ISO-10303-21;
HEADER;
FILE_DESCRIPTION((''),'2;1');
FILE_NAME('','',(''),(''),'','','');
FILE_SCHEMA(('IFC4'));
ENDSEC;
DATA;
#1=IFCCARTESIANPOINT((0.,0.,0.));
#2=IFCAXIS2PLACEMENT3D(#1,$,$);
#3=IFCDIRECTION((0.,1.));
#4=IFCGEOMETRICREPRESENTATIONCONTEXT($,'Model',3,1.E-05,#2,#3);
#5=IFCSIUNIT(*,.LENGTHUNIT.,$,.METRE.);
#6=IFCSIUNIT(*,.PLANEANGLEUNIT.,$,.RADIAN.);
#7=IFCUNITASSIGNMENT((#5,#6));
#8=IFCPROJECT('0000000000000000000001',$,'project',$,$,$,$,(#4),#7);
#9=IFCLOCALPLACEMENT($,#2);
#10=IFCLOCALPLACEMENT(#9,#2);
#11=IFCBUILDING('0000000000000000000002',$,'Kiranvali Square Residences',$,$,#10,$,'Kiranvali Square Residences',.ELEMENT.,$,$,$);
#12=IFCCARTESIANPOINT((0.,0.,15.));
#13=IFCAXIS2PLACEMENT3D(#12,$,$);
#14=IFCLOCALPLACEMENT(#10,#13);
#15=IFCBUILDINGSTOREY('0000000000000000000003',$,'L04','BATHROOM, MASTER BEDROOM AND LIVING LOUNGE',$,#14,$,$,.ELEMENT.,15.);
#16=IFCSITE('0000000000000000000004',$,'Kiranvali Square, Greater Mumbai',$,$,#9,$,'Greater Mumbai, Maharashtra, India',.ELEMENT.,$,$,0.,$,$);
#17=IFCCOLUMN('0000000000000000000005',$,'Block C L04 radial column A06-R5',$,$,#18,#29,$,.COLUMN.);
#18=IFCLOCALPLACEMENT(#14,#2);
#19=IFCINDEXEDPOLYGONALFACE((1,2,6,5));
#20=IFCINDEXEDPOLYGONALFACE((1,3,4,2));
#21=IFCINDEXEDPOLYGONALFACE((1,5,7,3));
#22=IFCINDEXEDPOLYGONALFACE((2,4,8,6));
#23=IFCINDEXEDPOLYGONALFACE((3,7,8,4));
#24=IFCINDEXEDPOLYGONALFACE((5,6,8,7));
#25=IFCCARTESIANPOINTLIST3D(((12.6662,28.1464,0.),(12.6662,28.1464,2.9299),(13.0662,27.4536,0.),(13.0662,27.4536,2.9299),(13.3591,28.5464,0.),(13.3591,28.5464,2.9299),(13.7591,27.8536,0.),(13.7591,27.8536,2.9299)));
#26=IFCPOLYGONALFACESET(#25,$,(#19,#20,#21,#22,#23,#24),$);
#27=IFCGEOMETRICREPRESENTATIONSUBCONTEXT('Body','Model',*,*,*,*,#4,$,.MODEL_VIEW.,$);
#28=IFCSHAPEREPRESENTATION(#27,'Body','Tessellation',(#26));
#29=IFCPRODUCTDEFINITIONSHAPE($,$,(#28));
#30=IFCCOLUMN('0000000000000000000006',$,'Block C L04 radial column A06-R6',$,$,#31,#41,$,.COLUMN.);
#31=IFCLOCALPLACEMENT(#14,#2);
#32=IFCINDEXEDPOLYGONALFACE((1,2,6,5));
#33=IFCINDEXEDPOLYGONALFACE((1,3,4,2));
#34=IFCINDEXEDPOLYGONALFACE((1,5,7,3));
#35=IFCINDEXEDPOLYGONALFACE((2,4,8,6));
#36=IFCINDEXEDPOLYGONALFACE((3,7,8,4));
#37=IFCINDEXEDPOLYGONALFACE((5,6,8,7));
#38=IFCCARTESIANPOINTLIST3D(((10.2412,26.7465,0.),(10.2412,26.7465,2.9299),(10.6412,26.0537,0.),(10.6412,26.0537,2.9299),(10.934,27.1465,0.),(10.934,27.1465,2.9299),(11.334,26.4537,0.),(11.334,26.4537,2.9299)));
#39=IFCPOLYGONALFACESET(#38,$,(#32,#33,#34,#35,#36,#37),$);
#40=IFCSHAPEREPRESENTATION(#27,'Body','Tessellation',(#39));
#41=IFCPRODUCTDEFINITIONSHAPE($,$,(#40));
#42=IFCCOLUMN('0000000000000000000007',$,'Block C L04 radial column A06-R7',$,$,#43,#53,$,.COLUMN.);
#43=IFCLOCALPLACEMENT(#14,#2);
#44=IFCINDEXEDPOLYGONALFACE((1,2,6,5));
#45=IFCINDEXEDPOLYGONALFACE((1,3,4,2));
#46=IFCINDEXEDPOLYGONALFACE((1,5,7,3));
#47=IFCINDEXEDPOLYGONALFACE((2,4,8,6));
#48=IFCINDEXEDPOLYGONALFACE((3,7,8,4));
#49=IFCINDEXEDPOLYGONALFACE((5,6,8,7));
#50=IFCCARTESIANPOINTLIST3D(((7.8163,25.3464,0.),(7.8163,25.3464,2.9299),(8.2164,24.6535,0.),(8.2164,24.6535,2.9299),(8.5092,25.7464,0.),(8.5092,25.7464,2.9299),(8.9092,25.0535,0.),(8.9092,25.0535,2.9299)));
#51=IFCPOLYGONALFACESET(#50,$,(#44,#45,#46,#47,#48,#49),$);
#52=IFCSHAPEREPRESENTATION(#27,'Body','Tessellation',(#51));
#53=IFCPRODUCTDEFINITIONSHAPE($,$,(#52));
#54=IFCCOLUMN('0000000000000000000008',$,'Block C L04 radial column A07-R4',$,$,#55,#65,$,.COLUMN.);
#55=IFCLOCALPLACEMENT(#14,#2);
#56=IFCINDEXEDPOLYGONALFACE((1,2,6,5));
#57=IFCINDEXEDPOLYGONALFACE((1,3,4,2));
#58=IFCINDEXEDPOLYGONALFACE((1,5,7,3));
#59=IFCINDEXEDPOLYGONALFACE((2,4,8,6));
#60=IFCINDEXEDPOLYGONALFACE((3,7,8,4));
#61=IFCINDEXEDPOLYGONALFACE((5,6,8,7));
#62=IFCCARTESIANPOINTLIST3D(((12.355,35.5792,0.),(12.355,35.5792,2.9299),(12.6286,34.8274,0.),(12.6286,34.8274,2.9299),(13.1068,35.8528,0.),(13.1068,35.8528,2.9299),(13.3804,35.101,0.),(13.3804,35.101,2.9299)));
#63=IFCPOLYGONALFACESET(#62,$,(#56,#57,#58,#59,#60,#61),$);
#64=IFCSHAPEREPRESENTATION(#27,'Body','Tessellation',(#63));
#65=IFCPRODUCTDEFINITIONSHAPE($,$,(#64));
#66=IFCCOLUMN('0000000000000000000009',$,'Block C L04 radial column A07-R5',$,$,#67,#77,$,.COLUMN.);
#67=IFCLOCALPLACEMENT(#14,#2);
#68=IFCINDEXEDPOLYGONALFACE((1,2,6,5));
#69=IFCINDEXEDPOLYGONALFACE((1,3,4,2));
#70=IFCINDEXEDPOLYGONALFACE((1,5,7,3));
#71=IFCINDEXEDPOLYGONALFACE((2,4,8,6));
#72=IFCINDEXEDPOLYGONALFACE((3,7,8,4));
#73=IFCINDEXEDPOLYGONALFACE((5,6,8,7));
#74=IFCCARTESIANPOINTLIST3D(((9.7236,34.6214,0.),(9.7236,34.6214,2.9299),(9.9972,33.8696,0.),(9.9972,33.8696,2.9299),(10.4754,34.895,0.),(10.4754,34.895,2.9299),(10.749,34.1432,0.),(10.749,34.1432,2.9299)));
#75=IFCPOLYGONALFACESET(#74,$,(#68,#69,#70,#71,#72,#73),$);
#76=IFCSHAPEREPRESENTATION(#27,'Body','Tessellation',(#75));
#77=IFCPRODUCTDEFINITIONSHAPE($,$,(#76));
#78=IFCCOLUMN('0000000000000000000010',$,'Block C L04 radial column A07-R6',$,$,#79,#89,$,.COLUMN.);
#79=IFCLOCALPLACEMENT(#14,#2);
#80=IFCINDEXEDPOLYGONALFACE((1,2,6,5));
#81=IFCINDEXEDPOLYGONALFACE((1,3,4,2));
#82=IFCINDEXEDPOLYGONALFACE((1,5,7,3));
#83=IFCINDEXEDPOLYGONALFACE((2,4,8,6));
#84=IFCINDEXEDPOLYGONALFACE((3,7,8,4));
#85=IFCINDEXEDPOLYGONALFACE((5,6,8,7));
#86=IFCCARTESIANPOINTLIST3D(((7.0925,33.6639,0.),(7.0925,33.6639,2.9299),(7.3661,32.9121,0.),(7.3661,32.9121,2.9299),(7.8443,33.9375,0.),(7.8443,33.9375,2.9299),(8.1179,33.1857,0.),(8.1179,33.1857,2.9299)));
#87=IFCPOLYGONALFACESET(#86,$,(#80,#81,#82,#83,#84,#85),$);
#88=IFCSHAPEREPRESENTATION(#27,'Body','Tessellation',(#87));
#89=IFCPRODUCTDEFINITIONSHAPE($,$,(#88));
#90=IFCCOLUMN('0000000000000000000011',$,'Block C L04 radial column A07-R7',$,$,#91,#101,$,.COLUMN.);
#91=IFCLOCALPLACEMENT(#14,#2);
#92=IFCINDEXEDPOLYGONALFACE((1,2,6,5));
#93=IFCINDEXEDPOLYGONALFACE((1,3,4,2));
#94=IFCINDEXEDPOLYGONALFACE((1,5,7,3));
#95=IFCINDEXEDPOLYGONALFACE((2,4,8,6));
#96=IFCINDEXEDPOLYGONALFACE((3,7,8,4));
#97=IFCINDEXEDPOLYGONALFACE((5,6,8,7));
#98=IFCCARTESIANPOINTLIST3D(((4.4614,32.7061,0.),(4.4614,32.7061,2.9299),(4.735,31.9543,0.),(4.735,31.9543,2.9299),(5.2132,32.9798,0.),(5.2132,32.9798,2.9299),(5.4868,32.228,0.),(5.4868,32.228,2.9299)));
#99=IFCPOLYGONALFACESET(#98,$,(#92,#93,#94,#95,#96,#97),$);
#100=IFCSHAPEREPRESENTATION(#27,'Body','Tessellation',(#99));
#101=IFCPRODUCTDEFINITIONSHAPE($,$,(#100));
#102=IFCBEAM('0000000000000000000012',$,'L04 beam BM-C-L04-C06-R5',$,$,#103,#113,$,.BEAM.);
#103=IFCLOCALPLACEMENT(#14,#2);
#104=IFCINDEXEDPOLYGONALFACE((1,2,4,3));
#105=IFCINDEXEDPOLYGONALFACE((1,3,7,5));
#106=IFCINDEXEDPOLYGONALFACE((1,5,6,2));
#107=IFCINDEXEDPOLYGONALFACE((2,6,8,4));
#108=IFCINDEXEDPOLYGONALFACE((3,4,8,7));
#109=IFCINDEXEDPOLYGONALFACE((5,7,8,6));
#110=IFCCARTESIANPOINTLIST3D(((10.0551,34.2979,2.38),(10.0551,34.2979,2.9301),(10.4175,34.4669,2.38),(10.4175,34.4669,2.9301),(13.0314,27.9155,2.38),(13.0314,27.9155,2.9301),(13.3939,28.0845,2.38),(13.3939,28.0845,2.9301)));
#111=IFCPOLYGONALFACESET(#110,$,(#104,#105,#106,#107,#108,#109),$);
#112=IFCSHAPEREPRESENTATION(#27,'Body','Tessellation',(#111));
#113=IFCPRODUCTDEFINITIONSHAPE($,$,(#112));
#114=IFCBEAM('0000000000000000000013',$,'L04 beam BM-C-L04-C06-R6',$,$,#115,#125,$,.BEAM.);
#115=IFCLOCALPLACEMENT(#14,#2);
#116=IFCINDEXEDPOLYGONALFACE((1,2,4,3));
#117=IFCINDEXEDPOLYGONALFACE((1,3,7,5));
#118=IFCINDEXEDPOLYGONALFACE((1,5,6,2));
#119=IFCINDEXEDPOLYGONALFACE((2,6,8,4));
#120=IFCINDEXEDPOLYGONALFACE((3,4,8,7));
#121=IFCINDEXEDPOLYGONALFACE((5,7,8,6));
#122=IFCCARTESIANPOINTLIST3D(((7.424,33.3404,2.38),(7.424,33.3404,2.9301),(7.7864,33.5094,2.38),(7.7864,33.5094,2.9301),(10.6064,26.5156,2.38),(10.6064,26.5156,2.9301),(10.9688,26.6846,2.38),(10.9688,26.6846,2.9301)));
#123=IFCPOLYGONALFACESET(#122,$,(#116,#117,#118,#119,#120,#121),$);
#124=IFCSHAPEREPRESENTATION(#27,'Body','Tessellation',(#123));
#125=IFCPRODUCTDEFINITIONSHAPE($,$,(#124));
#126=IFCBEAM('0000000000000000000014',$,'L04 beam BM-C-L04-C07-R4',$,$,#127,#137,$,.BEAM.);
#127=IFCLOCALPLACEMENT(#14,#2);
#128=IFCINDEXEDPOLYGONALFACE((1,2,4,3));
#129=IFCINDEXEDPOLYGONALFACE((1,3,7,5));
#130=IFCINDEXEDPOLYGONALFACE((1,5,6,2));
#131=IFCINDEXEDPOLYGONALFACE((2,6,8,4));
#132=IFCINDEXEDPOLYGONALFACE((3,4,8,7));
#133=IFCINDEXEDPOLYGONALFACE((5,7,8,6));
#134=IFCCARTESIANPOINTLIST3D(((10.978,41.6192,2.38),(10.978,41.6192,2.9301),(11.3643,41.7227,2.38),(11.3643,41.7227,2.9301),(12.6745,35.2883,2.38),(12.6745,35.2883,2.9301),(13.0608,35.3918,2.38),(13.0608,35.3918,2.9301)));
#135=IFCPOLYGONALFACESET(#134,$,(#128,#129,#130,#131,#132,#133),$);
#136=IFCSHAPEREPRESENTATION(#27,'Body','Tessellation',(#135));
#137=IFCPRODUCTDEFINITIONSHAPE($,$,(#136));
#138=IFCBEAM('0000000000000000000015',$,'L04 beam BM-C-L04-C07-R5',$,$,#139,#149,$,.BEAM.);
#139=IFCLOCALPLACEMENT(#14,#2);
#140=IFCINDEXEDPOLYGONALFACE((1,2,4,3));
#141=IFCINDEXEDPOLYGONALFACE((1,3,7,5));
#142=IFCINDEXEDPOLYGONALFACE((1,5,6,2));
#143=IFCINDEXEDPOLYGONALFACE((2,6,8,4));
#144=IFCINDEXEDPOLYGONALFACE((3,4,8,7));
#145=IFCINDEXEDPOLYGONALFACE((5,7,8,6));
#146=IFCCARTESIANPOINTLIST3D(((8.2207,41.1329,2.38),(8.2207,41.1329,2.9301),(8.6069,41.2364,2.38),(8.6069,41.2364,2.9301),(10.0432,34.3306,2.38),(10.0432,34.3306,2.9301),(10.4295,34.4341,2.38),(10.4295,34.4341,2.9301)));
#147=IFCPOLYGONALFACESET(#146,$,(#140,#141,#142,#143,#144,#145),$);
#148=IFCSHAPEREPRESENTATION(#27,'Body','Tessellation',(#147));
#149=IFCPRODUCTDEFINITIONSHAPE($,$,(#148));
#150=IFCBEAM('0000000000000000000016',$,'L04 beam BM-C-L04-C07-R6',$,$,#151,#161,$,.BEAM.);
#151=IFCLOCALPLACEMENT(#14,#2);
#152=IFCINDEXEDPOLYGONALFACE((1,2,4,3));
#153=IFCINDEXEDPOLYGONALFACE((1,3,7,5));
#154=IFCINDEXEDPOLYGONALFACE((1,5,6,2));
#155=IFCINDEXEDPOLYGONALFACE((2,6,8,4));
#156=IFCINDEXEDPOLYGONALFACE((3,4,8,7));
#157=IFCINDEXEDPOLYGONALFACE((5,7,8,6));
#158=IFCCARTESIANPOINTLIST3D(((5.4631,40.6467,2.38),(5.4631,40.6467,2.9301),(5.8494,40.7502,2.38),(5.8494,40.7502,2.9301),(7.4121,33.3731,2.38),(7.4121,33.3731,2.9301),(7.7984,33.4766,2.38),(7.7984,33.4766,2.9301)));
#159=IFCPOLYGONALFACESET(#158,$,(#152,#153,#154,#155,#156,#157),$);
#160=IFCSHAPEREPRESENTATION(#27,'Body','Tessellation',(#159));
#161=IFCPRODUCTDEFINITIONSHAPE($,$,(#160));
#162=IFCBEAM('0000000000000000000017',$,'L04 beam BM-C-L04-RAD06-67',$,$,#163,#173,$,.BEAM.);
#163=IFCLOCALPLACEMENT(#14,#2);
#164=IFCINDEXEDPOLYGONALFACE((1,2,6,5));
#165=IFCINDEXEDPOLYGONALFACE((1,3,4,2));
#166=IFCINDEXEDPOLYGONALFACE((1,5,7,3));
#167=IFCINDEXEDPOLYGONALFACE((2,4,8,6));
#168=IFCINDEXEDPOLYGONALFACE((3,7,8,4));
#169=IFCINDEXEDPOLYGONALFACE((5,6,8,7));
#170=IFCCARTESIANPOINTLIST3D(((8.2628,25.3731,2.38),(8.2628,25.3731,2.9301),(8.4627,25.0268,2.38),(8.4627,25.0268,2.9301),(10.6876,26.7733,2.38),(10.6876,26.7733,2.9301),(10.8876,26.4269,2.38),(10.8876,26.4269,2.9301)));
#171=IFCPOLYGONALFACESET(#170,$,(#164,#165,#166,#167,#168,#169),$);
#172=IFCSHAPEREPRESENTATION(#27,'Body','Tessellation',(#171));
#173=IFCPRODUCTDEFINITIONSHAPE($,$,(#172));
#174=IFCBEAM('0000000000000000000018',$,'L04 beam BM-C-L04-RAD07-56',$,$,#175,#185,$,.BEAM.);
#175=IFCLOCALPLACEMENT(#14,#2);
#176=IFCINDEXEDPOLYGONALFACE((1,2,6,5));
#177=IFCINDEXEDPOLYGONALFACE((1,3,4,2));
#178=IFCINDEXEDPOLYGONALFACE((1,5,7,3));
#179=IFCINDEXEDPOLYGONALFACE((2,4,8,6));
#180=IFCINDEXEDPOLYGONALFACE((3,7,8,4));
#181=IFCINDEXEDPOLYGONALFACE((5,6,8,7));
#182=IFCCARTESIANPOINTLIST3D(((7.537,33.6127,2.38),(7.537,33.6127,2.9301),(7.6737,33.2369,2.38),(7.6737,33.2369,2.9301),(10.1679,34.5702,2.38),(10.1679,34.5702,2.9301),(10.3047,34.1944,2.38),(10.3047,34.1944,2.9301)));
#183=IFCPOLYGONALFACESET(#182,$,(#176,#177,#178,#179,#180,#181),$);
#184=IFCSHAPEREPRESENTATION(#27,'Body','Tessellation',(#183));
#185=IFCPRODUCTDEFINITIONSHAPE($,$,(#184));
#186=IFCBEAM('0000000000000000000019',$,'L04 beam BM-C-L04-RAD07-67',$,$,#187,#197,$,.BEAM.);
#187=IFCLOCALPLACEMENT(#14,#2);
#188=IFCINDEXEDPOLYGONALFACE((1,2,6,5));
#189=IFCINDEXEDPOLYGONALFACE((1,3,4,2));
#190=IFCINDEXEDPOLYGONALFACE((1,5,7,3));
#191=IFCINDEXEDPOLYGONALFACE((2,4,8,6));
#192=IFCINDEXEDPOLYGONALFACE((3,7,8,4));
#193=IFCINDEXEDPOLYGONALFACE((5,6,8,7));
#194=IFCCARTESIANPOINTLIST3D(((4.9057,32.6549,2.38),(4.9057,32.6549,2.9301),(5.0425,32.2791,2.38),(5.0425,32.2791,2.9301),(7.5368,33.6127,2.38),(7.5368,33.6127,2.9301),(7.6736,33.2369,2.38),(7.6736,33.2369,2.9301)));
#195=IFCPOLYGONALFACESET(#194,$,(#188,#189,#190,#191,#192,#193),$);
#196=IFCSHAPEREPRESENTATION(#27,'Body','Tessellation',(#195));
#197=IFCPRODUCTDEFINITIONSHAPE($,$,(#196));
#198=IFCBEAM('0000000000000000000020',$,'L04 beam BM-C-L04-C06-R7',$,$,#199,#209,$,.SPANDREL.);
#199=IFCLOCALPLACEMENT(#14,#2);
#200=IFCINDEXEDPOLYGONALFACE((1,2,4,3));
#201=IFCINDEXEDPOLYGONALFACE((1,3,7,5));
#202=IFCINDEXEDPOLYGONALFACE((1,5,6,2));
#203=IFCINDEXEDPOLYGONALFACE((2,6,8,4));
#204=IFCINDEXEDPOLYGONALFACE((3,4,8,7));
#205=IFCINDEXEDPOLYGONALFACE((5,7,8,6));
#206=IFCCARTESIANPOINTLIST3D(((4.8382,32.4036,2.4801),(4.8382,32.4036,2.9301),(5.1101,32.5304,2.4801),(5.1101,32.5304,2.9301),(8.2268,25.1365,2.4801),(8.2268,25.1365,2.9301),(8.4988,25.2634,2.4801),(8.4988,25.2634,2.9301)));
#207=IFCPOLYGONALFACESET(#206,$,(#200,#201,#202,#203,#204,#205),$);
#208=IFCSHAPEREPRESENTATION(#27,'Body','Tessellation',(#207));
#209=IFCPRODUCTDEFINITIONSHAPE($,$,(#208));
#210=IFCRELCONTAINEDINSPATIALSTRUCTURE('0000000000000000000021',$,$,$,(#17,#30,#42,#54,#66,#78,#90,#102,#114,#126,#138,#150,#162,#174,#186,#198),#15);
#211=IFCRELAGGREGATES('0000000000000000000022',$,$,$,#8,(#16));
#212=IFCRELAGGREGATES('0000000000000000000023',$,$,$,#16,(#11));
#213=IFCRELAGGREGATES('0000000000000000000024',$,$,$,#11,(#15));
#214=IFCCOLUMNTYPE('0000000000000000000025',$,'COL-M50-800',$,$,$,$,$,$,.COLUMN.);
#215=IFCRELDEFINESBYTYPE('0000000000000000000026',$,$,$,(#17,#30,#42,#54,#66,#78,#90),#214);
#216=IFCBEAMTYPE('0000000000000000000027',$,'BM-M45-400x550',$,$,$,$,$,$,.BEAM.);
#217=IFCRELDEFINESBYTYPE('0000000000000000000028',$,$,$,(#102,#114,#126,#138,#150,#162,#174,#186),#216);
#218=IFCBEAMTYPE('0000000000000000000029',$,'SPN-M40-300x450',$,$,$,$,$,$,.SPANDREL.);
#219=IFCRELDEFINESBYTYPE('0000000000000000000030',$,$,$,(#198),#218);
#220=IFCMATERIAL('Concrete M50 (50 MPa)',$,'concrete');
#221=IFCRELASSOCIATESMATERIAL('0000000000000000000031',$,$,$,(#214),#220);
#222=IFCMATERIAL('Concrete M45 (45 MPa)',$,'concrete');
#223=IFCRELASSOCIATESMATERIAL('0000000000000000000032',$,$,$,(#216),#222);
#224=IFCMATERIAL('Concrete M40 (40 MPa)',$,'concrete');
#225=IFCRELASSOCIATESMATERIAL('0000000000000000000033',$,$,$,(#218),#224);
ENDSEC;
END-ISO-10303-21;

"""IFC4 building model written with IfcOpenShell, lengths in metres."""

from ifc_helpers import new_model, si_unit, direction, frame, origin, origin_2d, place, context, subcontext, project, spatial, rectangle, extrude, material, material_profile, profile_set, type_object, element, save


model = new_model("IFC4")

# Units and contexts
model_context = context("Model", 3, precision=1e-05, world=origin(), true_north=direction((0.0, 1.0)))
body_context = subcontext(model_context, "Body", "Model", "MODEL_VIEW")
ifc_project = project(units=[si_unit("LENGTHUNIT", "METRE"), si_unit("PLANEANGLEUNIT", "RADIAN")], contexts=[model_context])

# Site, building, storey
site_placement = place(None, origin())
site = spatial("IfcSite", under=ifc_project, at=site_placement, Name="Kiranvali Square, Greater Mumbai", LongName="Greater Mumbai, Maharashtra, India", CompositionType="ELEMENT", RefElevation=0.0)
building_placement = place(site_placement, origin())
building = spatial("IfcBuilding", under=site, at=building_placement, Name="Kiranvali Square Residences", LongName="Kiranvali Square Residences", CompositionType="ELEMENT")
storey_placement = place(building_placement, frame((0.0, 0.0, 15.0)))
storey = spatial("IfcBuildingStorey", under=building, at=storey_placement, Name="L04", Description="BATHROOM, MASTER BEDROOM AND LIVING LOUNGE", CompositionType="ELEMENT", Elevation=15.0)

# Columns
ifc_material_1 = material(Name="Concrete M50 (50 MPa)", Category="concrete")
ifc_material_profile_1 = material_profile(ifc_material_1, rectangle(XDim=0.8, YDim=0.8, at=origin_2d()), Name="RC 800x800")
ifc_profile_set_1 = profile_set([ifc_material_profile_1], Name="Concrete M50 (50 MPa)")
column_type = type_object("IfcColumnType", Name="COL-M50-800", PredefinedType="COLUMN", material=ifc_profile_set_1)
for number, where, z_axis, x_axis, name in (
    (1, (13.2126, 28.0, 0.0), (0.0, 0.0, 1.0), (-0.5, 0.866025, 0.0), "Block C L04 radial column A06-R5"),
    (2, (10.7876, 26.6001, 0.0), (0.0, 0.0, 1.0), (-0.5, 0.866025, 0.0), "Block C L04 radial column A06-R6"),
    (3, (8.3628, 25.2, 0.0), (0.0, 0.0, 1.0), (-0.5, 0.866025, 0.0), "Block C L04 radial column A06-R7"),
    (4, (12.8677, 35.3401, 0.0), (0.0, 0.0, 1.0), (-0.34202, 0.939693, 0.0), "Block C L04 radial column A07-R4"),
    (5, (10.2363, 34.3823, 0.0), (0.0, 0.0, 1.0), (-0.34202, 0.939693, 0.0), "Block C L04 radial column A07-R5"),
    (6, (7.6052, 33.4248, 0.0), (0.0, 0.0, 1.0), (-0.34202, 0.939693, 0.0), "Block C L04 radial column A07-R6"),
    (7, (4.9741, 32.467, 0.0), (0.0, 0.0, 1.0), (-0.34202, 0.939693, 0.0), "Block C L04 radial column A07-R7"),
):
    element("IfcColumn", number, at=place(storey_placement, frame(where, z_axis=z_axis, x_axis=x_axis)), inside=storey, type_object=column_type, Name=name, PredefinedType="COLUMN", context=body_context, shape_type="SweptSolid", body=[
        extrude(rectangle(XDim=0.8, YDim=0.8, at=origin_2d()), origin(), (0.0, 0.0, 1.0), 2.9299),
    ])

# Beams
ifc_material_2 = material(Name="Concrete M45 (45 MPa)", Category="concrete")
ifc_material_profile_2 = material_profile(ifc_material_2, rectangle(XDim=0.3999, YDim=0.55, at=origin_2d()), Name="RC 400x550")
ifc_profile_set_2 = profile_set([ifc_material_profile_2], Name="Concrete M45 (45 MPa)")
beam_type_1 = type_object("IfcBeamType", Name="BM-M45-400x550", PredefinedType="BEAM", material=ifc_profile_set_2)
beam_1_placement = place(storey_placement, frame((13.2126, 28.0, 2.655), z_axis=(-0.422641, 0.906297, 0.0), x_axis=(-0.906297, -0.422641, 0.0)))
element("IfcBeam", 8, at=beam_1_placement, inside=storey, type_object=beam_type_1, Name="L04 beam BM-C-L04-C06-R5", PredefinedType="BEAM", context=body_context, shape_type="SweptSolid", body=[
    extrude(rectangle(XDim=0.3999, YDim=0.55, at=origin_2d()), origin(), (0.0, 0.0, 1.0), 7.0422),
])
beam_2_placement = place(storey_placement, frame((10.7876, 26.6001, 2.655), z_axis=(-0.422614, 0.90631, 0.0), x_axis=(-0.90631, -0.422614, 0.0)))
element("IfcBeam", 9, at=beam_2_placement, inside=storey, type_object=beam_type_1, Name="L04 beam BM-C-L04-C06-R6", PredefinedType="BEAM", context=body_context, shape_type="SweptSolid", body=[
    extrude(rectangle(XDim=0.3999, YDim=0.55, at=origin_2d()), origin(), (0.0, 0.0, 1.0), 7.5303),
])
beam_3_placement = place(storey_placement, frame((12.8677, 35.3401, 2.655), z_axis=(-0.258847, 0.965918, 0.0), x_axis=(-0.965918, -0.258847, 0.0)))
element("IfcBeam", 10, at=beam_3_placement, inside=storey, type_object=beam_type_1, Name="L04 beam BM-C-L04-C07-R4", PredefinedType="BEAM", context=body_context, shape_type="SweptSolid", body=[
    extrude(rectangle(XDim=0.3999, YDim=0.55, at=origin_2d()), origin(), (0.0, 0.0, 1.0), 6.5542),
])
beam_4_placement = place(storey_placement, frame((10.2363, 34.3823, 2.655), z_axis=(-0.2588, 0.965931, 0.0), x_axis=(-0.965931, -0.2588, 0.0)))
element("IfcBeam", 11, at=beam_4_placement, inside=storey, type_object=beam_type_1, Name="L04 beam BM-C-L04-C07-R5", PredefinedType="BEAM", context=body_context, shape_type="SweptSolid", body=[
    extrude(rectangle(XDim=0.3999, YDim=0.55, at=origin_2d()), origin(), (0.0, 0.0, 1.0), 7.0422),
])
beam_5_placement = place(storey_placement, frame((7.6052, 33.4248, 2.655), z_axis=(-0.258819, 0.965926, 0.0), x_axis=(-0.965926, -0.258819, 0.0)))
element("IfcBeam", 12, at=beam_5_placement, inside=storey, type_object=beam_type_1, Name="L04 beam BM-C-L04-C07-R6", PredefinedType="BEAM", context=body_context, shape_type="SweptSolid", body=[
    extrude(rectangle(XDim=0.3999, YDim=0.55, at=origin_2d()), origin(), (0.0, 0.0, 1.0), 7.5303),
])
beam_6_placement = place(storey_placement, frame((10.7876, 26.6001, 2.655), z_axis=(-0.865997, -0.50005, 0.0), x_axis=(0.50005, -0.865997, 0.0)))
element("IfcBeam", 13, at=beam_6_placement, inside=storey, type_object=beam_type_1, Name="L04 beam BM-C-L04-RAD06-67", PredefinedType="BEAM", context=body_context, shape_type="SweptSolid", body=[
    extrude(rectangle(XDim=0.3999, YDim=0.55, at=origin_2d()), origin(), (0.0, 0.0, 1.0), 2.8),
])
beam_7_placement = place(storey_placement, frame((10.2363, 34.3823, 2.655), z_axis=(-0.939707, -0.341981, 0.0), x_axis=(0.341981, -0.939707, 0.0)))
element("IfcBeam", 14, at=beam_7_placement, inside=storey, type_object=beam_type_1, Name="L04 beam BM-C-L04-RAD07-56", PredefinedType="BEAM", context=body_context, shape_type="SweptSolid", body=[
    extrude(rectangle(XDim=0.3999, YDim=0.55, at=origin_2d()), origin(), (0.0, 0.0, 1.0), 2.7998),
])
beam_8_placement = place(storey_placement, frame((7.6052, 33.4248, 2.655), z_axis=(-0.939679, -0.342058, 0.0), x_axis=(0.342058, -0.939679, 0.0)))
element("IfcBeam", 15, at=beam_8_placement, inside=storey, type_object=beam_type_1, Name="L04 beam BM-C-L04-RAD07-67", PredefinedType="BEAM", context=body_context, shape_type="SweptSolid", body=[
    extrude(rectangle(XDim=0.3999, YDim=0.55, at=origin_2d()), origin(), (0.0, 0.0, 1.0), 2.8),
])
ifc_material_3 = material(Name="Concrete M40 (40 MPa)", Category="concrete")
ifc_material_profile_3 = material_profile(ifc_material_3, rectangle(XDim=0.3, YDim=0.45, at=origin_2d()), Name="RC 300x450")
ifc_profile_set_3 = profile_set([ifc_material_profile_3], Name="Concrete M40 (40 MPa)")
beam_type_2 = type_object("IfcBeamType", Name="SPN-M40-300x450", PredefinedType="SPANDREL", material=ifc_profile_set_3)
for number, where, z_axis, x_axis, name in (
    (16, (8.3628, 25.2, 2.7051), (-0.422615, 0.906309, 0.0), (-0.906309, -0.422615, 0.0), "L04 beam BM-C-L04-C06-R7"),
):
    element("IfcBeam", number, at=place(storey_placement, frame(where, z_axis=z_axis, x_axis=x_axis)), inside=storey, type_object=beam_type_2, Name=name, PredefinedType="SPANDREL", context=body_context, shape_type="SweptSolid", body=[
        extrude(rectangle(XDim=0.3, YDim=0.45, at=origin_2d()), origin(), (0.0, 0.0, 1.0), 8.0183),
    ])

save(model, "model.ifc")
